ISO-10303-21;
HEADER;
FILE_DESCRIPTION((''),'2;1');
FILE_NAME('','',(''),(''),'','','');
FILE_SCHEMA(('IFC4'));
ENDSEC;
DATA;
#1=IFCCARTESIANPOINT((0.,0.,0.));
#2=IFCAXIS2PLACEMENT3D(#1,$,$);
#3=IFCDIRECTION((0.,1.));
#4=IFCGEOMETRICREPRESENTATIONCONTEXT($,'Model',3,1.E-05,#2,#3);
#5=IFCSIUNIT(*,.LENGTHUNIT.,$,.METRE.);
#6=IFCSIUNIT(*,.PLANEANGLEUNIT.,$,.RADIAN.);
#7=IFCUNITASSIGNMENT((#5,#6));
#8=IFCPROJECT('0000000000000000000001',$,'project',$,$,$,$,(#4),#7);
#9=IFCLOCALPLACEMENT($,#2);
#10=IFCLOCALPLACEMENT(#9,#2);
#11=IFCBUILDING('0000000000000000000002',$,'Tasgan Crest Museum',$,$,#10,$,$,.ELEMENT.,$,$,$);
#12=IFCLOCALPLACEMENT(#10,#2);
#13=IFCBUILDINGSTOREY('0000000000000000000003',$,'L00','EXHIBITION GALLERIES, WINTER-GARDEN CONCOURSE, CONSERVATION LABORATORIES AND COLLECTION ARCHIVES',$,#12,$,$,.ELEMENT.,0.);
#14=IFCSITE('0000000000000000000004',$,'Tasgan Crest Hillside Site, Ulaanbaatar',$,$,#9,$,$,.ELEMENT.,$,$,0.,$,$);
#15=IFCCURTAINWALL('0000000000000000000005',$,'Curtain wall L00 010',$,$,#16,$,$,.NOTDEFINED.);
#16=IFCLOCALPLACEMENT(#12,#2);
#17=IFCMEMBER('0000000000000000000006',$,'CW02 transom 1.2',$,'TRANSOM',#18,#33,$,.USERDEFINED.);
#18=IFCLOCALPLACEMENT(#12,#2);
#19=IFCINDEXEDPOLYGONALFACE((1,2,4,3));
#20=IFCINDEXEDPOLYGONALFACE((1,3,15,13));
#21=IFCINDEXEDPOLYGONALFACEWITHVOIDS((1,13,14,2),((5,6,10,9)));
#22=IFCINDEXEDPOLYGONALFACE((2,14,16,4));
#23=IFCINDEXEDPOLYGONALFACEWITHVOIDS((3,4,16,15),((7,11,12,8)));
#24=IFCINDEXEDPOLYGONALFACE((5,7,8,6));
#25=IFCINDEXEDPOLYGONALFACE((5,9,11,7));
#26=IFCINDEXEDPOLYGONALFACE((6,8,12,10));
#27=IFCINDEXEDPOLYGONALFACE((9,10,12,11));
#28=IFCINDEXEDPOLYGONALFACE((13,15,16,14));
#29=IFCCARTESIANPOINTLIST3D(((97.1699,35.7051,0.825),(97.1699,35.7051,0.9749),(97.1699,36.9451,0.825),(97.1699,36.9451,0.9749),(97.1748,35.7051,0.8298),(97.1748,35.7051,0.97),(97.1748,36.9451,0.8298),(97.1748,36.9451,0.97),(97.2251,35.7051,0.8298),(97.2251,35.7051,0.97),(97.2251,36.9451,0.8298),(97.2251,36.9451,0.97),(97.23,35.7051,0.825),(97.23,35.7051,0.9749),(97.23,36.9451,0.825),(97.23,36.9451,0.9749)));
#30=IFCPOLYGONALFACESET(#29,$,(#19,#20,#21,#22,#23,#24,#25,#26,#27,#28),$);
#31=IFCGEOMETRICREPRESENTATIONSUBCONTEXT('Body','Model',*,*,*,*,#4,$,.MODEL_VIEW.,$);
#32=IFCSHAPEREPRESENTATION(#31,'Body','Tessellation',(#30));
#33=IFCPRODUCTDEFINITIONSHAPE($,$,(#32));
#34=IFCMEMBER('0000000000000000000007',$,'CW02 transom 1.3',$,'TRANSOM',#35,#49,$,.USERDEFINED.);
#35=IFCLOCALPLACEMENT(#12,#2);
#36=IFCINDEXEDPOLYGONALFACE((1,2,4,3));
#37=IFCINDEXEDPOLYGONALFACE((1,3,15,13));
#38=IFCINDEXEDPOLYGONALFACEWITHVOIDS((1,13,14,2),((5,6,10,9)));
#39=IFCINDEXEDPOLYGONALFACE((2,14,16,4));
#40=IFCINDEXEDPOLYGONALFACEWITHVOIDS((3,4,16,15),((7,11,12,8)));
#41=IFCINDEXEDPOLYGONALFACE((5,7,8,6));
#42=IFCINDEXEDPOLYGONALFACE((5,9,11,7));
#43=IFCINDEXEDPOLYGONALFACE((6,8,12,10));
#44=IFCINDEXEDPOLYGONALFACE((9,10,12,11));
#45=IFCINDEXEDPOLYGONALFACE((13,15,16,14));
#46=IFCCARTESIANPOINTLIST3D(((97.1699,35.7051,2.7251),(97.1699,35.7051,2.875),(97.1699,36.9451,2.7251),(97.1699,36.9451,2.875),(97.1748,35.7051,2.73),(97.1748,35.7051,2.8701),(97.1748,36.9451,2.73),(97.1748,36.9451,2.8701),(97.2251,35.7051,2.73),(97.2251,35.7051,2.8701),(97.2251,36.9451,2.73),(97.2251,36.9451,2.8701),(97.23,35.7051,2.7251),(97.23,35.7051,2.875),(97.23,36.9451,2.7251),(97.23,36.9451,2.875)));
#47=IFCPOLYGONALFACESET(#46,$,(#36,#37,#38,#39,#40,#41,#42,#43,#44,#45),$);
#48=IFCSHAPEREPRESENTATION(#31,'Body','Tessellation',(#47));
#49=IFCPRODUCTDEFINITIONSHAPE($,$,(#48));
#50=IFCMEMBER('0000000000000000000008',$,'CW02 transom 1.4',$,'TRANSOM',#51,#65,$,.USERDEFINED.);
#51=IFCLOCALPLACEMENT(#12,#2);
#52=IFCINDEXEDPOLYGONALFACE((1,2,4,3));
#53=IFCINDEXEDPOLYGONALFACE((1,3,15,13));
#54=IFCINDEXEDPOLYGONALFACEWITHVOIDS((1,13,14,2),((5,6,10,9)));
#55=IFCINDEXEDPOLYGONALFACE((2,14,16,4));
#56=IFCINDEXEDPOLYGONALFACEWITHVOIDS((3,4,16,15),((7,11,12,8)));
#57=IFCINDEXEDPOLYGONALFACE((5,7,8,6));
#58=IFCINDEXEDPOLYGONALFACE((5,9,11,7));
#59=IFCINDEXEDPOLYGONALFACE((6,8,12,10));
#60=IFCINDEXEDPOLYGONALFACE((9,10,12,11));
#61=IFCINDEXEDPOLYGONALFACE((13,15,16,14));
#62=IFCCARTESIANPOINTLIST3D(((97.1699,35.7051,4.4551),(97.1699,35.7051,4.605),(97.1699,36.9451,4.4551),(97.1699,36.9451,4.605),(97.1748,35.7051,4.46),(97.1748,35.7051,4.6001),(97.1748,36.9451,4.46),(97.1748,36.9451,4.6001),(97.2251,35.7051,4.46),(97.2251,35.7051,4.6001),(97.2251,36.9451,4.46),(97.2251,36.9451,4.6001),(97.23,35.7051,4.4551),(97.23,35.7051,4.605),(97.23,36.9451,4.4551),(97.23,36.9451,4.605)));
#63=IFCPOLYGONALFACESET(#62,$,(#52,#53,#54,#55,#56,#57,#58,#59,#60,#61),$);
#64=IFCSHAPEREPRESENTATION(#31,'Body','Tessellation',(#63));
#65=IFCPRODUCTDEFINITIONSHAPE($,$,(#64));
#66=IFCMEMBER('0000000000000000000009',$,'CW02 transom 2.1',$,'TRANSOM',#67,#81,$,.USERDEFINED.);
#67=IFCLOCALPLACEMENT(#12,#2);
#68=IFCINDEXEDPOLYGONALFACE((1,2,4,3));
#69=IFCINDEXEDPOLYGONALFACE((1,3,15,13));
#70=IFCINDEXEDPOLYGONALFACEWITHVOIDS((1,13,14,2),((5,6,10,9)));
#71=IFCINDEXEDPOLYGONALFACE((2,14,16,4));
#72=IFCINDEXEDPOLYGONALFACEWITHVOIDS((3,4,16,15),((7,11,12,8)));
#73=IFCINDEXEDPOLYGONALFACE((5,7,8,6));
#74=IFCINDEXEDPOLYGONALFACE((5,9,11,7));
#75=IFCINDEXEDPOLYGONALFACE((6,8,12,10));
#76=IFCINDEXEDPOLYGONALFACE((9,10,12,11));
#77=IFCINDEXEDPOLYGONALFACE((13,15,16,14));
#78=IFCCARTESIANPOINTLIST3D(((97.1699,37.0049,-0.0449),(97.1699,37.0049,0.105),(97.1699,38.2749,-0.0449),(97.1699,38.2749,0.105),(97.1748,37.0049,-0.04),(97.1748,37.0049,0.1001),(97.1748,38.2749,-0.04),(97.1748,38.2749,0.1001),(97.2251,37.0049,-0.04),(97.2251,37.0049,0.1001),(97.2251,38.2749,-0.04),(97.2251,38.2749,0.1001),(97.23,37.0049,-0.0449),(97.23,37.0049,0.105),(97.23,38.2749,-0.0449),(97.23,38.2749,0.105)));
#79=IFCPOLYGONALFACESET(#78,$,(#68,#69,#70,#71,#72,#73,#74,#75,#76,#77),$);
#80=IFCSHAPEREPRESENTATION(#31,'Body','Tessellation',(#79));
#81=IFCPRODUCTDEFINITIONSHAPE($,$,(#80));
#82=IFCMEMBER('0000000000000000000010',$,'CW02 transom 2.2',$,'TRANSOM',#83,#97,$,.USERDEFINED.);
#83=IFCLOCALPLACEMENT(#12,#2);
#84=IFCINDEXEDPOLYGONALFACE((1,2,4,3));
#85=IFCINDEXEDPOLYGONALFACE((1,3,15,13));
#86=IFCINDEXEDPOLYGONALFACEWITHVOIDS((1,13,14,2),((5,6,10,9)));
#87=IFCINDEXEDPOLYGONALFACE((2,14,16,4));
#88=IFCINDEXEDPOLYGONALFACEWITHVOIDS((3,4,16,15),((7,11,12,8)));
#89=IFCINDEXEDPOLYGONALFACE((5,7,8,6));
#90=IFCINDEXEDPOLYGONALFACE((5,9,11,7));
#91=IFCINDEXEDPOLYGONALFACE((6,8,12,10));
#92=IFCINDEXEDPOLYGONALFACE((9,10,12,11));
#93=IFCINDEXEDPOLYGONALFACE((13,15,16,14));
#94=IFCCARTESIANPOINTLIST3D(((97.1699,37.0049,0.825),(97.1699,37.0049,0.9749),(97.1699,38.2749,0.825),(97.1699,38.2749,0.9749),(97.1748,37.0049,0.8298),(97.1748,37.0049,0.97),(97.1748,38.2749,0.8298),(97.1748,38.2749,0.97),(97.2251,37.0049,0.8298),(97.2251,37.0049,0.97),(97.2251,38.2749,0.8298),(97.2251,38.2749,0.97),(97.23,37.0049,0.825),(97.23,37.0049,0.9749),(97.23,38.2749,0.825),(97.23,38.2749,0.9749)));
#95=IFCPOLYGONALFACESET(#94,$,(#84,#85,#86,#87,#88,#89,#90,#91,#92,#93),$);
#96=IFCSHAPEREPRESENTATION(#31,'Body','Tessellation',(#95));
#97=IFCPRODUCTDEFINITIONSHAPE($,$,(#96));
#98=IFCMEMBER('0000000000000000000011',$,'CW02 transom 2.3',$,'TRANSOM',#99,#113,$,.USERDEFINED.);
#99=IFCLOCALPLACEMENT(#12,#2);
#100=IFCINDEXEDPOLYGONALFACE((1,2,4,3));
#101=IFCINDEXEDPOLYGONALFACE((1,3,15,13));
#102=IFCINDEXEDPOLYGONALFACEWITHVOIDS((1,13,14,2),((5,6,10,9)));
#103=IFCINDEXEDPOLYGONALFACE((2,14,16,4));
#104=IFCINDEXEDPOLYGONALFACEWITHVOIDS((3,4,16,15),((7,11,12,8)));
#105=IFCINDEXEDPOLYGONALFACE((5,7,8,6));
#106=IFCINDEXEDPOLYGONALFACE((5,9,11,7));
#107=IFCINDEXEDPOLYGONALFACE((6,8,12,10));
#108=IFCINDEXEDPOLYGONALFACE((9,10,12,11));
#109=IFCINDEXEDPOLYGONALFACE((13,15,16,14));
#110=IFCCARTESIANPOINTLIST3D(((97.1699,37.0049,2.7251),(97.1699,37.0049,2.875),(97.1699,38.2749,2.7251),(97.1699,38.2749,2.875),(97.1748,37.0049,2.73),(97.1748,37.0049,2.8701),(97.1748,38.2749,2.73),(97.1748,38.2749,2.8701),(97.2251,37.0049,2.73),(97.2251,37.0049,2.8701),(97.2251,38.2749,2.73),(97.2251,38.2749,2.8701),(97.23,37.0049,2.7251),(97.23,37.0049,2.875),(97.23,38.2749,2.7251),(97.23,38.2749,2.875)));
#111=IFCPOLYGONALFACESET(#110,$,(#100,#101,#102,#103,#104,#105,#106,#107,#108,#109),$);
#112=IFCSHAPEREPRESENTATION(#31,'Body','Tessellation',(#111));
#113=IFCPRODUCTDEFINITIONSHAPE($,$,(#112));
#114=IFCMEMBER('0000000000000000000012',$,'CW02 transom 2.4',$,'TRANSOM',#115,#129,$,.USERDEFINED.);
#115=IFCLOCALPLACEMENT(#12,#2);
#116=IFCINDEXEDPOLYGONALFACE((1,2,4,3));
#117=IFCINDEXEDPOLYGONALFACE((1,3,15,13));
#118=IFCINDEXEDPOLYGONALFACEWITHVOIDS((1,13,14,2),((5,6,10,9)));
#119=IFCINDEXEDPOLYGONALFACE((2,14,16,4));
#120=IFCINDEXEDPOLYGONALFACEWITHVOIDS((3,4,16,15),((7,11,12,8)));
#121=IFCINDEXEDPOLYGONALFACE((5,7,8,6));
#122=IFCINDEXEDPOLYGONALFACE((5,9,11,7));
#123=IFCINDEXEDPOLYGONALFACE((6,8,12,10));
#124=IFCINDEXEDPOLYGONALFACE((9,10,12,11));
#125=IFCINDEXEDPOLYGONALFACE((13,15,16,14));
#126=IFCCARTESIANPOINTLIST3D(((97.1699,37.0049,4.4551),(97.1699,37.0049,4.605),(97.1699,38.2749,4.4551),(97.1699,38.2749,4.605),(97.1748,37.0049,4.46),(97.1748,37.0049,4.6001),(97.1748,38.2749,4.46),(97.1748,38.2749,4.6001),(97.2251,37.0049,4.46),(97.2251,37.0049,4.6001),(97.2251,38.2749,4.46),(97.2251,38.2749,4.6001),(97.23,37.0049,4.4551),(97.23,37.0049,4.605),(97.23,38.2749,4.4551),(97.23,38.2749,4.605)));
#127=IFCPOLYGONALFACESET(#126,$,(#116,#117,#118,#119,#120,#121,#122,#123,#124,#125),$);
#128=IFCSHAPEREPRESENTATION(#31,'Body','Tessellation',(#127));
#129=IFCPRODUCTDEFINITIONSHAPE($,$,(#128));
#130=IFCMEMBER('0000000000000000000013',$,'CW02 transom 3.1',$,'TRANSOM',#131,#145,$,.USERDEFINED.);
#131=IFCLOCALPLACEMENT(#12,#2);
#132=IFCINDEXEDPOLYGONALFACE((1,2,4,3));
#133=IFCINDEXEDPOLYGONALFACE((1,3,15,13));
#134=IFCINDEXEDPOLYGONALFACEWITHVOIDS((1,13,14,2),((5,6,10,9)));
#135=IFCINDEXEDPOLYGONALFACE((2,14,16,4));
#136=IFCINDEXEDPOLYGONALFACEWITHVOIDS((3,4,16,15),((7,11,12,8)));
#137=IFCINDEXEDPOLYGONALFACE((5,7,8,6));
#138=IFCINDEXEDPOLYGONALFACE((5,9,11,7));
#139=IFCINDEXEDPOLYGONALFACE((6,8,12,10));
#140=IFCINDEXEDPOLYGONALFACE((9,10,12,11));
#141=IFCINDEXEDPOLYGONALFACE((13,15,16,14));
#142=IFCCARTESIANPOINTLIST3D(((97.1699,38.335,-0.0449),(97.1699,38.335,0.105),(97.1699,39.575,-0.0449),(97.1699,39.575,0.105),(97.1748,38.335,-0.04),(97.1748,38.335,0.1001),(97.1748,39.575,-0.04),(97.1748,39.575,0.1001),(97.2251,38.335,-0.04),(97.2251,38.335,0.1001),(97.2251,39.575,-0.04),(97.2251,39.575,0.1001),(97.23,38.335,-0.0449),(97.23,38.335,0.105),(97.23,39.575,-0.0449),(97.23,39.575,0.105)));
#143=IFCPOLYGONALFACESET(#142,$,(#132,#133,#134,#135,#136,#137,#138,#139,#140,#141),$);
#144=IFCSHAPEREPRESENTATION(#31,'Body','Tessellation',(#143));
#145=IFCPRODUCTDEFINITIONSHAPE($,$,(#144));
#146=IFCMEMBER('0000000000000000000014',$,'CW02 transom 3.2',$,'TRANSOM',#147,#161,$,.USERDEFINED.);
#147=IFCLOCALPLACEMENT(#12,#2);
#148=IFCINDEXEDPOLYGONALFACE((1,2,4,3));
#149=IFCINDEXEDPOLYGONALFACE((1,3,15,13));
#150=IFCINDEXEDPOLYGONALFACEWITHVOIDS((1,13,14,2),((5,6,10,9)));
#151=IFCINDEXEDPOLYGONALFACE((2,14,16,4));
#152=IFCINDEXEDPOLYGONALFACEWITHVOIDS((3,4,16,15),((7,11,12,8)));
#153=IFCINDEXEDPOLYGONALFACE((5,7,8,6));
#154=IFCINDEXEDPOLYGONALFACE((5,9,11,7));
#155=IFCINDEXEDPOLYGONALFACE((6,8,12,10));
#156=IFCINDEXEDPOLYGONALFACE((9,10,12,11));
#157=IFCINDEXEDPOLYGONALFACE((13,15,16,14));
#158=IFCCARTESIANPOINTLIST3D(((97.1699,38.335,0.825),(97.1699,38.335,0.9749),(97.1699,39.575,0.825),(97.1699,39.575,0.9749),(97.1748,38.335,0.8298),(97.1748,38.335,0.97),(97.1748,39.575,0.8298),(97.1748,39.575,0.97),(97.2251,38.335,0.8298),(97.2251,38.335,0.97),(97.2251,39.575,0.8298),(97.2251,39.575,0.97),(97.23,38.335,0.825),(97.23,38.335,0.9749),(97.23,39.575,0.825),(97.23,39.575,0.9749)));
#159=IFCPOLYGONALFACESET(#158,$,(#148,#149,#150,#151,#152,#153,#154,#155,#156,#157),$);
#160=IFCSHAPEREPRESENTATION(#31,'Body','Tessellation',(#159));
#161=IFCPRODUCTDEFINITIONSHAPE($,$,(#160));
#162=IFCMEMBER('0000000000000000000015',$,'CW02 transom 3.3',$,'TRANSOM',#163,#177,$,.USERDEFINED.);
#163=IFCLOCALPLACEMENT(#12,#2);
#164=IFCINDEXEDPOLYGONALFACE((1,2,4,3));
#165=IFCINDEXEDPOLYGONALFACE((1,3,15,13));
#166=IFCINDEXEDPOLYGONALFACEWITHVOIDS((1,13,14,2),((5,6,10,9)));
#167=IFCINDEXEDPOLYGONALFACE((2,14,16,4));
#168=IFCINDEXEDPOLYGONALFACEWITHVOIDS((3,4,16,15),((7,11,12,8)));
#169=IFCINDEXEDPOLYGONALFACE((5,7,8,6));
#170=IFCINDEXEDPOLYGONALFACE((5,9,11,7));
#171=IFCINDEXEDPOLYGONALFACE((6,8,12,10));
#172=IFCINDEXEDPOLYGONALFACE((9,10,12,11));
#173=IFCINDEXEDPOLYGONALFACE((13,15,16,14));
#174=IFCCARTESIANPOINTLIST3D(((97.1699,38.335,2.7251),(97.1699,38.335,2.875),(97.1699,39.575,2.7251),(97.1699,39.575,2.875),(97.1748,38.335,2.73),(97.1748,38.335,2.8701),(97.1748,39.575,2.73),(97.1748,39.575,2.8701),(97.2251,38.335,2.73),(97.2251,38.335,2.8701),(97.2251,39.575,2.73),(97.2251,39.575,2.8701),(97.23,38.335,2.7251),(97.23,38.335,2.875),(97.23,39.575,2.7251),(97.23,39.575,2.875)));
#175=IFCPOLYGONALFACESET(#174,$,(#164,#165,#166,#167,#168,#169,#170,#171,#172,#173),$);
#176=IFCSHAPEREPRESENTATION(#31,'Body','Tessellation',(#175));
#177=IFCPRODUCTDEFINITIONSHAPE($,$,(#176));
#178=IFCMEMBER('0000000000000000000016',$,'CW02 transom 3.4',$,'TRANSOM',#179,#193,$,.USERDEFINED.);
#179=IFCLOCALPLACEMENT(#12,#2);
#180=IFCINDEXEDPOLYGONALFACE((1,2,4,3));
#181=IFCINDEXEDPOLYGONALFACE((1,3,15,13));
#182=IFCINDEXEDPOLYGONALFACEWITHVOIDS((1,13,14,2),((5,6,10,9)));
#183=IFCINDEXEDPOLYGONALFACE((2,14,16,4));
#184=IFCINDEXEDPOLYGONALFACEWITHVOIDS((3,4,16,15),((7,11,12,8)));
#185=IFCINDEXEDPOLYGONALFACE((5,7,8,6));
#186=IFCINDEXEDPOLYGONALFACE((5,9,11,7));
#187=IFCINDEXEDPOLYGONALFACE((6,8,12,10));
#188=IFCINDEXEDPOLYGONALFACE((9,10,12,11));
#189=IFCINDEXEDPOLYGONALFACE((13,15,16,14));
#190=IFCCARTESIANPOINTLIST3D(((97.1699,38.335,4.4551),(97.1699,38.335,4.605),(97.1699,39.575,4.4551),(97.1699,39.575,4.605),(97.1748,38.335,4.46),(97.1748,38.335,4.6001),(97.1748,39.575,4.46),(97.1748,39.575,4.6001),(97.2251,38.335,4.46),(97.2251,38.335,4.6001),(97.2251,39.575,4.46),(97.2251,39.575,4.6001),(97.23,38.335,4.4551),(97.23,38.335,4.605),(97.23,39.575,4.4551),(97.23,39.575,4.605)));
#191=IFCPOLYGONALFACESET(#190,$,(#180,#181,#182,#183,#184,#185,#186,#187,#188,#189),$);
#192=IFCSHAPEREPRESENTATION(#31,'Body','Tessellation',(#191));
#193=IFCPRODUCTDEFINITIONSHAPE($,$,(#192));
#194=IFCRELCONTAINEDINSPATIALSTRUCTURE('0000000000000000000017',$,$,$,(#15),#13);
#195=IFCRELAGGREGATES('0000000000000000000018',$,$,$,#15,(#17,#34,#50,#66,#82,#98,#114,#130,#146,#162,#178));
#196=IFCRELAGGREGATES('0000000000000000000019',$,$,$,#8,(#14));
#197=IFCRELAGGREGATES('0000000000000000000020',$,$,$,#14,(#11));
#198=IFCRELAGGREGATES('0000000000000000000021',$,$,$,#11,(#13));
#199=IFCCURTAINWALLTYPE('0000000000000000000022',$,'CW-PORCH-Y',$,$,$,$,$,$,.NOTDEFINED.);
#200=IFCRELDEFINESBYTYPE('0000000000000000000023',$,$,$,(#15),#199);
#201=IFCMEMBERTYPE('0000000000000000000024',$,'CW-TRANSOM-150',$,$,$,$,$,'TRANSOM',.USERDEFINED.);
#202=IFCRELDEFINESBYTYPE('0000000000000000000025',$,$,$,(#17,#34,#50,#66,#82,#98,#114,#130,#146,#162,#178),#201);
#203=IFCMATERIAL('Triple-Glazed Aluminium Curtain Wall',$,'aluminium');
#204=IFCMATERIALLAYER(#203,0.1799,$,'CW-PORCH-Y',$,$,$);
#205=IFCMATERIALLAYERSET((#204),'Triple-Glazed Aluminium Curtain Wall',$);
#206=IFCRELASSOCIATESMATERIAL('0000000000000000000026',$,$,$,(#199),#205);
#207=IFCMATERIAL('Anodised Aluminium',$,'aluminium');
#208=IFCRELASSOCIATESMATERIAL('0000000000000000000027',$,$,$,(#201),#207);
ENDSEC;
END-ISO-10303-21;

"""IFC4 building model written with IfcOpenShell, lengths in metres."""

from ifc_helpers import new_model, si_unit, direction, frame, origin, origin_2d, place, context, subcontext, project, spatial, hollow_rectangle, extrude, material, layer, layer_set, material_profile, profile_set, type_object, element, aggregate, save


model = new_model("IFC4")

# Units and contexts
model_context = context("Model", 3, precision=1e-05, world=origin(), true_north=direction((0.0, 1.0)))
body_context = subcontext(model_context, "Body", "Model", "MODEL_VIEW")
ifc_project = project(units=[si_unit("LENGTHUNIT", "METRE"), si_unit("PLANEANGLEUNIT", "RADIAN")], contexts=[model_context])

# Site, building, storey
site_placement = place(None, origin())
site = spatial("IfcSite", under=ifc_project, at=site_placement, Name="Tasgan Crest Hillside Site, Ulaanbaatar", CompositionType="ELEMENT", RefElevation=0.0)
building_placement = place(site_placement, origin())
building = spatial("IfcBuilding", under=site, at=building_placement, Name="Tasgan Crest Museum", CompositionType="ELEMENT")
storey_placement = place(building_placement, origin())
storey = spatial("IfcBuildingStorey", under=building, at=storey_placement, Name="L00", Description="EXHIBITION GALLERIES, WINTER-GARDEN CONCOURSE, CONSERVATION LABORATORIES AND COLLECTION ARCHIVES", CompositionType="ELEMENT", Elevation=0.0)

# Shared definitions
ifc_material_1 = material(Name="Triple-Glazed Aluminium Curtain Wall", Category="aluminium")
ifc_layer_1 = layer(ifc_material_1, 0.1799, Name="CW-PORCH-Y")
ifc_layer_set_1 = layer_set([ifc_layer_1], Name="Triple-Glazed Aluminium Curtain Wall")
curtain_wall_type_1 = type_object("IfcCurtainWallType", Name="CW-PORCH-Y", PredefinedType="NOTDEFINED", material=ifc_layer_set_1)

# Curtain wall
curtain_wall_1_placement = place(storey_placement, origin())
curtain_wall_1 = element("IfcCurtainWall", 1, at=curtain_wall_1_placement, inside=storey, type_object=curtain_wall_type_1, Name="Curtain wall L00 010", PredefinedType="NOTDEFINED")

# Members
ifc_material_2 = material(Name="Anodised Aluminium", Category="aluminium")
ifc_material_profile_1 = material_profile(ifc_material_2, hollow_rectangle(XDim=0.0601, YDim=0.1499, WallThickness=0.0049, at=origin_2d()), Name="ALU TRANSOM 150x60x5")
ifc_profile_set_1 = profile_set([ifc_material_profile_1], Name="Anodised Aluminium")
member_type_1 = type_object("IfcMemberType", Name="CW-TRANSOM-150", ElementType="TRANSOM", PredefinedType="USERDEFINED", material=ifc_profile_set_1)
member_1_placement = place(storey_placement, frame((97.2, 35.7051, 0.8999), z_axis=(0.0, 1.0, 0.0), x_axis=(-1.0, 0.0, 0.0)))
member_1 = element("IfcMember", 2, at=member_1_placement, type_object=member_type_1, Name="CW02 transom 1.2", ObjectType="TRANSOM", PredefinedType="USERDEFINED", context=body_context, shape_type="SweptSolid", body=[
    extrude(hollow_rectangle(XDim=0.0601, YDim=0.1499, WallThickness=0.0049, at=origin_2d()), origin(), (0.0, 0.0, 1.0), 1.24),
])
member_2_placement = place(storey_placement, frame((97.2, 35.7051, 2.8), z_axis=(0.0, 1.0, 0.0), x_axis=(-1.0, 0.0, 0.0)))
member_2 = element("IfcMember", 3, at=member_2_placement, type_object=member_type_1, Name="CW02 transom 1.3", ObjectType="TRANSOM", PredefinedType="USERDEFINED", context=body_context, shape_type="SweptSolid", body=[
    extrude(hollow_rectangle(XDim=0.0601, YDim=0.1499, WallThickness=0.0049, at=origin_2d()), origin(), (0.0, 0.0, 1.0), 1.24),
])
member_3_placement = place(storey_placement, frame((97.2, 35.7051, 4.53), z_axis=(0.0, 1.0, 0.0), x_axis=(-1.0, 0.0, 0.0)))
member_3 = element("IfcMember", 4, at=member_3_placement, type_object=member_type_1, Name="CW02 transom 1.4", ObjectType="TRANSOM", PredefinedType="USERDEFINED", context=body_context, shape_type="SweptSolid", body=[
    extrude(hollow_rectangle(XDim=0.0601, YDim=0.1499, WallThickness=0.0049, at=origin_2d()), origin(), (0.0, 0.0, 1.0), 1.24),
])
member_4_placement = place(storey_placement, frame((97.2, 37.0049, 0.03), z_axis=(0.0, 1.0, 0.0), x_axis=(-1.0, 0.0, 0.0)))
member_4 = element("IfcMember", 5, at=member_4_placement, type_object=member_type_1, Name="CW02 transom 2.1", ObjectType="TRANSOM", PredefinedType="USERDEFINED", context=body_context, shape_type="SweptSolid", body=[
    extrude(hollow_rectangle(XDim=0.0601, YDim=0.1499, WallThickness=0.0049, at=origin_2d()), origin(), (0.0, 0.0, 1.0), 1.27),
])
member_5_placement = place(storey_placement, frame((97.2, 37.0049, 0.8999), z_axis=(0.0, 1.0, 0.0), x_axis=(-1.0, 0.0, 0.0)))
member_5 = element("IfcMember", 6, at=member_5_placement, type_object=member_type_1, Name="CW02 transom 2.2", ObjectType="TRANSOM", PredefinedType="USERDEFINED", context=body_context, shape_type="SweptSolid", body=[
    extrude(hollow_rectangle(XDim=0.0601, YDim=0.1499, WallThickness=0.0049, at=origin_2d()), origin(), (0.0, 0.0, 1.0), 1.27),
])
member_6_placement = place(storey_placement, frame((97.2, 37.0049, 2.8), z_axis=(0.0, 1.0, 0.0), x_axis=(-1.0, 0.0, 0.0)))
member_6 = element("IfcMember", 7, at=member_6_placement, type_object=member_type_1, Name="CW02 transom 2.3", ObjectType="TRANSOM", PredefinedType="USERDEFINED", context=body_context, shape_type="SweptSolid", body=[
    extrude(hollow_rectangle(XDim=0.0601, YDim=0.1499, WallThickness=0.0049, at=origin_2d()), origin(), (0.0, 0.0, 1.0), 1.27),
])
member_7_placement = place(storey_placement, frame((97.2, 37.0049, 4.53), z_axis=(0.0, 1.0, 0.0), x_axis=(-1.0, 0.0, 0.0)))
member_7 = element("IfcMember", 8, at=member_7_placement, type_object=member_type_1, Name="CW02 transom 2.4", ObjectType="TRANSOM", PredefinedType="USERDEFINED", context=body_context, shape_type="SweptSolid", body=[
    extrude(hollow_rectangle(XDim=0.0601, YDim=0.1499, WallThickness=0.0049, at=origin_2d()), origin(), (0.0, 0.0, 1.0), 1.27),
])
member_8_placement = place(storey_placement, frame((97.2, 38.335, 0.03), z_axis=(0.0, 1.0, 0.0), x_axis=(-1.0, 0.0, 0.0)))
member_8 = element("IfcMember", 9, at=member_8_placement, type_object=member_type_1, Name="CW02 transom 3.1", ObjectType="TRANSOM", PredefinedType="USERDEFINED", context=body_context, shape_type="SweptSolid", body=[
    extrude(hollow_rectangle(XDim=0.0601, YDim=0.1499, WallThickness=0.0049, at=origin_2d()), origin(), (0.0, 0.0, 1.0), 1.24),
])
member_9_placement = place(storey_placement, frame((97.2, 38.335, 0.8999), z_axis=(0.0, 1.0, 0.0), x_axis=(-1.0, 0.0, 0.0)))
member_9 = element("IfcMember", 10, at=member_9_placement, type_object=member_type_1, Name="CW02 transom 3.2", ObjectType="TRANSOM", PredefinedType="USERDEFINED", context=body_context, shape_type="SweptSolid", body=[
    extrude(hollow_rectangle(XDim=0.0601, YDim=0.1499, WallThickness=0.0049, at=origin_2d()), origin(), (0.0, 0.0, 1.0), 1.24),
])
member_10_placement = place(storey_placement, frame((97.2, 38.335, 2.8), z_axis=(0.0, 1.0, 0.0), x_axis=(-1.0, 0.0, 0.0)))
member_10 = element("IfcMember", 11, at=member_10_placement, type_object=member_type_1, Name="CW02 transom 3.3", ObjectType="TRANSOM", PredefinedType="USERDEFINED", context=body_context, shape_type="SweptSolid", body=[
    extrude(hollow_rectangle(XDim=0.0601, YDim=0.1499, WallThickness=0.0049, at=origin_2d()), origin(), (0.0, 0.0, 1.0), 1.24),
])
member_11_placement = place(storey_placement, frame((97.2, 38.335, 4.53), z_axis=(0.0, 1.0, 0.0), x_axis=(-1.0, 0.0, 0.0)))
member_11 = element("IfcMember", 12, at=member_11_placement, type_object=member_type_1, Name="CW02 transom 3.4", ObjectType="TRANSOM", PredefinedType="USERDEFINED", context=body_context, shape_type="SweptSolid", body=[
    extrude(hollow_rectangle(XDim=0.0601, YDim=0.1499, WallThickness=0.0049, at=origin_2d()), origin(), (0.0, 0.0, 1.0), 1.24),
])

aggregate(curtain_wall_1, [member_1, member_2, member_3, member_4, member_5, member_6, member_7, member_8, member_9, member_10, member_11])

save(model, "model.ifc")
